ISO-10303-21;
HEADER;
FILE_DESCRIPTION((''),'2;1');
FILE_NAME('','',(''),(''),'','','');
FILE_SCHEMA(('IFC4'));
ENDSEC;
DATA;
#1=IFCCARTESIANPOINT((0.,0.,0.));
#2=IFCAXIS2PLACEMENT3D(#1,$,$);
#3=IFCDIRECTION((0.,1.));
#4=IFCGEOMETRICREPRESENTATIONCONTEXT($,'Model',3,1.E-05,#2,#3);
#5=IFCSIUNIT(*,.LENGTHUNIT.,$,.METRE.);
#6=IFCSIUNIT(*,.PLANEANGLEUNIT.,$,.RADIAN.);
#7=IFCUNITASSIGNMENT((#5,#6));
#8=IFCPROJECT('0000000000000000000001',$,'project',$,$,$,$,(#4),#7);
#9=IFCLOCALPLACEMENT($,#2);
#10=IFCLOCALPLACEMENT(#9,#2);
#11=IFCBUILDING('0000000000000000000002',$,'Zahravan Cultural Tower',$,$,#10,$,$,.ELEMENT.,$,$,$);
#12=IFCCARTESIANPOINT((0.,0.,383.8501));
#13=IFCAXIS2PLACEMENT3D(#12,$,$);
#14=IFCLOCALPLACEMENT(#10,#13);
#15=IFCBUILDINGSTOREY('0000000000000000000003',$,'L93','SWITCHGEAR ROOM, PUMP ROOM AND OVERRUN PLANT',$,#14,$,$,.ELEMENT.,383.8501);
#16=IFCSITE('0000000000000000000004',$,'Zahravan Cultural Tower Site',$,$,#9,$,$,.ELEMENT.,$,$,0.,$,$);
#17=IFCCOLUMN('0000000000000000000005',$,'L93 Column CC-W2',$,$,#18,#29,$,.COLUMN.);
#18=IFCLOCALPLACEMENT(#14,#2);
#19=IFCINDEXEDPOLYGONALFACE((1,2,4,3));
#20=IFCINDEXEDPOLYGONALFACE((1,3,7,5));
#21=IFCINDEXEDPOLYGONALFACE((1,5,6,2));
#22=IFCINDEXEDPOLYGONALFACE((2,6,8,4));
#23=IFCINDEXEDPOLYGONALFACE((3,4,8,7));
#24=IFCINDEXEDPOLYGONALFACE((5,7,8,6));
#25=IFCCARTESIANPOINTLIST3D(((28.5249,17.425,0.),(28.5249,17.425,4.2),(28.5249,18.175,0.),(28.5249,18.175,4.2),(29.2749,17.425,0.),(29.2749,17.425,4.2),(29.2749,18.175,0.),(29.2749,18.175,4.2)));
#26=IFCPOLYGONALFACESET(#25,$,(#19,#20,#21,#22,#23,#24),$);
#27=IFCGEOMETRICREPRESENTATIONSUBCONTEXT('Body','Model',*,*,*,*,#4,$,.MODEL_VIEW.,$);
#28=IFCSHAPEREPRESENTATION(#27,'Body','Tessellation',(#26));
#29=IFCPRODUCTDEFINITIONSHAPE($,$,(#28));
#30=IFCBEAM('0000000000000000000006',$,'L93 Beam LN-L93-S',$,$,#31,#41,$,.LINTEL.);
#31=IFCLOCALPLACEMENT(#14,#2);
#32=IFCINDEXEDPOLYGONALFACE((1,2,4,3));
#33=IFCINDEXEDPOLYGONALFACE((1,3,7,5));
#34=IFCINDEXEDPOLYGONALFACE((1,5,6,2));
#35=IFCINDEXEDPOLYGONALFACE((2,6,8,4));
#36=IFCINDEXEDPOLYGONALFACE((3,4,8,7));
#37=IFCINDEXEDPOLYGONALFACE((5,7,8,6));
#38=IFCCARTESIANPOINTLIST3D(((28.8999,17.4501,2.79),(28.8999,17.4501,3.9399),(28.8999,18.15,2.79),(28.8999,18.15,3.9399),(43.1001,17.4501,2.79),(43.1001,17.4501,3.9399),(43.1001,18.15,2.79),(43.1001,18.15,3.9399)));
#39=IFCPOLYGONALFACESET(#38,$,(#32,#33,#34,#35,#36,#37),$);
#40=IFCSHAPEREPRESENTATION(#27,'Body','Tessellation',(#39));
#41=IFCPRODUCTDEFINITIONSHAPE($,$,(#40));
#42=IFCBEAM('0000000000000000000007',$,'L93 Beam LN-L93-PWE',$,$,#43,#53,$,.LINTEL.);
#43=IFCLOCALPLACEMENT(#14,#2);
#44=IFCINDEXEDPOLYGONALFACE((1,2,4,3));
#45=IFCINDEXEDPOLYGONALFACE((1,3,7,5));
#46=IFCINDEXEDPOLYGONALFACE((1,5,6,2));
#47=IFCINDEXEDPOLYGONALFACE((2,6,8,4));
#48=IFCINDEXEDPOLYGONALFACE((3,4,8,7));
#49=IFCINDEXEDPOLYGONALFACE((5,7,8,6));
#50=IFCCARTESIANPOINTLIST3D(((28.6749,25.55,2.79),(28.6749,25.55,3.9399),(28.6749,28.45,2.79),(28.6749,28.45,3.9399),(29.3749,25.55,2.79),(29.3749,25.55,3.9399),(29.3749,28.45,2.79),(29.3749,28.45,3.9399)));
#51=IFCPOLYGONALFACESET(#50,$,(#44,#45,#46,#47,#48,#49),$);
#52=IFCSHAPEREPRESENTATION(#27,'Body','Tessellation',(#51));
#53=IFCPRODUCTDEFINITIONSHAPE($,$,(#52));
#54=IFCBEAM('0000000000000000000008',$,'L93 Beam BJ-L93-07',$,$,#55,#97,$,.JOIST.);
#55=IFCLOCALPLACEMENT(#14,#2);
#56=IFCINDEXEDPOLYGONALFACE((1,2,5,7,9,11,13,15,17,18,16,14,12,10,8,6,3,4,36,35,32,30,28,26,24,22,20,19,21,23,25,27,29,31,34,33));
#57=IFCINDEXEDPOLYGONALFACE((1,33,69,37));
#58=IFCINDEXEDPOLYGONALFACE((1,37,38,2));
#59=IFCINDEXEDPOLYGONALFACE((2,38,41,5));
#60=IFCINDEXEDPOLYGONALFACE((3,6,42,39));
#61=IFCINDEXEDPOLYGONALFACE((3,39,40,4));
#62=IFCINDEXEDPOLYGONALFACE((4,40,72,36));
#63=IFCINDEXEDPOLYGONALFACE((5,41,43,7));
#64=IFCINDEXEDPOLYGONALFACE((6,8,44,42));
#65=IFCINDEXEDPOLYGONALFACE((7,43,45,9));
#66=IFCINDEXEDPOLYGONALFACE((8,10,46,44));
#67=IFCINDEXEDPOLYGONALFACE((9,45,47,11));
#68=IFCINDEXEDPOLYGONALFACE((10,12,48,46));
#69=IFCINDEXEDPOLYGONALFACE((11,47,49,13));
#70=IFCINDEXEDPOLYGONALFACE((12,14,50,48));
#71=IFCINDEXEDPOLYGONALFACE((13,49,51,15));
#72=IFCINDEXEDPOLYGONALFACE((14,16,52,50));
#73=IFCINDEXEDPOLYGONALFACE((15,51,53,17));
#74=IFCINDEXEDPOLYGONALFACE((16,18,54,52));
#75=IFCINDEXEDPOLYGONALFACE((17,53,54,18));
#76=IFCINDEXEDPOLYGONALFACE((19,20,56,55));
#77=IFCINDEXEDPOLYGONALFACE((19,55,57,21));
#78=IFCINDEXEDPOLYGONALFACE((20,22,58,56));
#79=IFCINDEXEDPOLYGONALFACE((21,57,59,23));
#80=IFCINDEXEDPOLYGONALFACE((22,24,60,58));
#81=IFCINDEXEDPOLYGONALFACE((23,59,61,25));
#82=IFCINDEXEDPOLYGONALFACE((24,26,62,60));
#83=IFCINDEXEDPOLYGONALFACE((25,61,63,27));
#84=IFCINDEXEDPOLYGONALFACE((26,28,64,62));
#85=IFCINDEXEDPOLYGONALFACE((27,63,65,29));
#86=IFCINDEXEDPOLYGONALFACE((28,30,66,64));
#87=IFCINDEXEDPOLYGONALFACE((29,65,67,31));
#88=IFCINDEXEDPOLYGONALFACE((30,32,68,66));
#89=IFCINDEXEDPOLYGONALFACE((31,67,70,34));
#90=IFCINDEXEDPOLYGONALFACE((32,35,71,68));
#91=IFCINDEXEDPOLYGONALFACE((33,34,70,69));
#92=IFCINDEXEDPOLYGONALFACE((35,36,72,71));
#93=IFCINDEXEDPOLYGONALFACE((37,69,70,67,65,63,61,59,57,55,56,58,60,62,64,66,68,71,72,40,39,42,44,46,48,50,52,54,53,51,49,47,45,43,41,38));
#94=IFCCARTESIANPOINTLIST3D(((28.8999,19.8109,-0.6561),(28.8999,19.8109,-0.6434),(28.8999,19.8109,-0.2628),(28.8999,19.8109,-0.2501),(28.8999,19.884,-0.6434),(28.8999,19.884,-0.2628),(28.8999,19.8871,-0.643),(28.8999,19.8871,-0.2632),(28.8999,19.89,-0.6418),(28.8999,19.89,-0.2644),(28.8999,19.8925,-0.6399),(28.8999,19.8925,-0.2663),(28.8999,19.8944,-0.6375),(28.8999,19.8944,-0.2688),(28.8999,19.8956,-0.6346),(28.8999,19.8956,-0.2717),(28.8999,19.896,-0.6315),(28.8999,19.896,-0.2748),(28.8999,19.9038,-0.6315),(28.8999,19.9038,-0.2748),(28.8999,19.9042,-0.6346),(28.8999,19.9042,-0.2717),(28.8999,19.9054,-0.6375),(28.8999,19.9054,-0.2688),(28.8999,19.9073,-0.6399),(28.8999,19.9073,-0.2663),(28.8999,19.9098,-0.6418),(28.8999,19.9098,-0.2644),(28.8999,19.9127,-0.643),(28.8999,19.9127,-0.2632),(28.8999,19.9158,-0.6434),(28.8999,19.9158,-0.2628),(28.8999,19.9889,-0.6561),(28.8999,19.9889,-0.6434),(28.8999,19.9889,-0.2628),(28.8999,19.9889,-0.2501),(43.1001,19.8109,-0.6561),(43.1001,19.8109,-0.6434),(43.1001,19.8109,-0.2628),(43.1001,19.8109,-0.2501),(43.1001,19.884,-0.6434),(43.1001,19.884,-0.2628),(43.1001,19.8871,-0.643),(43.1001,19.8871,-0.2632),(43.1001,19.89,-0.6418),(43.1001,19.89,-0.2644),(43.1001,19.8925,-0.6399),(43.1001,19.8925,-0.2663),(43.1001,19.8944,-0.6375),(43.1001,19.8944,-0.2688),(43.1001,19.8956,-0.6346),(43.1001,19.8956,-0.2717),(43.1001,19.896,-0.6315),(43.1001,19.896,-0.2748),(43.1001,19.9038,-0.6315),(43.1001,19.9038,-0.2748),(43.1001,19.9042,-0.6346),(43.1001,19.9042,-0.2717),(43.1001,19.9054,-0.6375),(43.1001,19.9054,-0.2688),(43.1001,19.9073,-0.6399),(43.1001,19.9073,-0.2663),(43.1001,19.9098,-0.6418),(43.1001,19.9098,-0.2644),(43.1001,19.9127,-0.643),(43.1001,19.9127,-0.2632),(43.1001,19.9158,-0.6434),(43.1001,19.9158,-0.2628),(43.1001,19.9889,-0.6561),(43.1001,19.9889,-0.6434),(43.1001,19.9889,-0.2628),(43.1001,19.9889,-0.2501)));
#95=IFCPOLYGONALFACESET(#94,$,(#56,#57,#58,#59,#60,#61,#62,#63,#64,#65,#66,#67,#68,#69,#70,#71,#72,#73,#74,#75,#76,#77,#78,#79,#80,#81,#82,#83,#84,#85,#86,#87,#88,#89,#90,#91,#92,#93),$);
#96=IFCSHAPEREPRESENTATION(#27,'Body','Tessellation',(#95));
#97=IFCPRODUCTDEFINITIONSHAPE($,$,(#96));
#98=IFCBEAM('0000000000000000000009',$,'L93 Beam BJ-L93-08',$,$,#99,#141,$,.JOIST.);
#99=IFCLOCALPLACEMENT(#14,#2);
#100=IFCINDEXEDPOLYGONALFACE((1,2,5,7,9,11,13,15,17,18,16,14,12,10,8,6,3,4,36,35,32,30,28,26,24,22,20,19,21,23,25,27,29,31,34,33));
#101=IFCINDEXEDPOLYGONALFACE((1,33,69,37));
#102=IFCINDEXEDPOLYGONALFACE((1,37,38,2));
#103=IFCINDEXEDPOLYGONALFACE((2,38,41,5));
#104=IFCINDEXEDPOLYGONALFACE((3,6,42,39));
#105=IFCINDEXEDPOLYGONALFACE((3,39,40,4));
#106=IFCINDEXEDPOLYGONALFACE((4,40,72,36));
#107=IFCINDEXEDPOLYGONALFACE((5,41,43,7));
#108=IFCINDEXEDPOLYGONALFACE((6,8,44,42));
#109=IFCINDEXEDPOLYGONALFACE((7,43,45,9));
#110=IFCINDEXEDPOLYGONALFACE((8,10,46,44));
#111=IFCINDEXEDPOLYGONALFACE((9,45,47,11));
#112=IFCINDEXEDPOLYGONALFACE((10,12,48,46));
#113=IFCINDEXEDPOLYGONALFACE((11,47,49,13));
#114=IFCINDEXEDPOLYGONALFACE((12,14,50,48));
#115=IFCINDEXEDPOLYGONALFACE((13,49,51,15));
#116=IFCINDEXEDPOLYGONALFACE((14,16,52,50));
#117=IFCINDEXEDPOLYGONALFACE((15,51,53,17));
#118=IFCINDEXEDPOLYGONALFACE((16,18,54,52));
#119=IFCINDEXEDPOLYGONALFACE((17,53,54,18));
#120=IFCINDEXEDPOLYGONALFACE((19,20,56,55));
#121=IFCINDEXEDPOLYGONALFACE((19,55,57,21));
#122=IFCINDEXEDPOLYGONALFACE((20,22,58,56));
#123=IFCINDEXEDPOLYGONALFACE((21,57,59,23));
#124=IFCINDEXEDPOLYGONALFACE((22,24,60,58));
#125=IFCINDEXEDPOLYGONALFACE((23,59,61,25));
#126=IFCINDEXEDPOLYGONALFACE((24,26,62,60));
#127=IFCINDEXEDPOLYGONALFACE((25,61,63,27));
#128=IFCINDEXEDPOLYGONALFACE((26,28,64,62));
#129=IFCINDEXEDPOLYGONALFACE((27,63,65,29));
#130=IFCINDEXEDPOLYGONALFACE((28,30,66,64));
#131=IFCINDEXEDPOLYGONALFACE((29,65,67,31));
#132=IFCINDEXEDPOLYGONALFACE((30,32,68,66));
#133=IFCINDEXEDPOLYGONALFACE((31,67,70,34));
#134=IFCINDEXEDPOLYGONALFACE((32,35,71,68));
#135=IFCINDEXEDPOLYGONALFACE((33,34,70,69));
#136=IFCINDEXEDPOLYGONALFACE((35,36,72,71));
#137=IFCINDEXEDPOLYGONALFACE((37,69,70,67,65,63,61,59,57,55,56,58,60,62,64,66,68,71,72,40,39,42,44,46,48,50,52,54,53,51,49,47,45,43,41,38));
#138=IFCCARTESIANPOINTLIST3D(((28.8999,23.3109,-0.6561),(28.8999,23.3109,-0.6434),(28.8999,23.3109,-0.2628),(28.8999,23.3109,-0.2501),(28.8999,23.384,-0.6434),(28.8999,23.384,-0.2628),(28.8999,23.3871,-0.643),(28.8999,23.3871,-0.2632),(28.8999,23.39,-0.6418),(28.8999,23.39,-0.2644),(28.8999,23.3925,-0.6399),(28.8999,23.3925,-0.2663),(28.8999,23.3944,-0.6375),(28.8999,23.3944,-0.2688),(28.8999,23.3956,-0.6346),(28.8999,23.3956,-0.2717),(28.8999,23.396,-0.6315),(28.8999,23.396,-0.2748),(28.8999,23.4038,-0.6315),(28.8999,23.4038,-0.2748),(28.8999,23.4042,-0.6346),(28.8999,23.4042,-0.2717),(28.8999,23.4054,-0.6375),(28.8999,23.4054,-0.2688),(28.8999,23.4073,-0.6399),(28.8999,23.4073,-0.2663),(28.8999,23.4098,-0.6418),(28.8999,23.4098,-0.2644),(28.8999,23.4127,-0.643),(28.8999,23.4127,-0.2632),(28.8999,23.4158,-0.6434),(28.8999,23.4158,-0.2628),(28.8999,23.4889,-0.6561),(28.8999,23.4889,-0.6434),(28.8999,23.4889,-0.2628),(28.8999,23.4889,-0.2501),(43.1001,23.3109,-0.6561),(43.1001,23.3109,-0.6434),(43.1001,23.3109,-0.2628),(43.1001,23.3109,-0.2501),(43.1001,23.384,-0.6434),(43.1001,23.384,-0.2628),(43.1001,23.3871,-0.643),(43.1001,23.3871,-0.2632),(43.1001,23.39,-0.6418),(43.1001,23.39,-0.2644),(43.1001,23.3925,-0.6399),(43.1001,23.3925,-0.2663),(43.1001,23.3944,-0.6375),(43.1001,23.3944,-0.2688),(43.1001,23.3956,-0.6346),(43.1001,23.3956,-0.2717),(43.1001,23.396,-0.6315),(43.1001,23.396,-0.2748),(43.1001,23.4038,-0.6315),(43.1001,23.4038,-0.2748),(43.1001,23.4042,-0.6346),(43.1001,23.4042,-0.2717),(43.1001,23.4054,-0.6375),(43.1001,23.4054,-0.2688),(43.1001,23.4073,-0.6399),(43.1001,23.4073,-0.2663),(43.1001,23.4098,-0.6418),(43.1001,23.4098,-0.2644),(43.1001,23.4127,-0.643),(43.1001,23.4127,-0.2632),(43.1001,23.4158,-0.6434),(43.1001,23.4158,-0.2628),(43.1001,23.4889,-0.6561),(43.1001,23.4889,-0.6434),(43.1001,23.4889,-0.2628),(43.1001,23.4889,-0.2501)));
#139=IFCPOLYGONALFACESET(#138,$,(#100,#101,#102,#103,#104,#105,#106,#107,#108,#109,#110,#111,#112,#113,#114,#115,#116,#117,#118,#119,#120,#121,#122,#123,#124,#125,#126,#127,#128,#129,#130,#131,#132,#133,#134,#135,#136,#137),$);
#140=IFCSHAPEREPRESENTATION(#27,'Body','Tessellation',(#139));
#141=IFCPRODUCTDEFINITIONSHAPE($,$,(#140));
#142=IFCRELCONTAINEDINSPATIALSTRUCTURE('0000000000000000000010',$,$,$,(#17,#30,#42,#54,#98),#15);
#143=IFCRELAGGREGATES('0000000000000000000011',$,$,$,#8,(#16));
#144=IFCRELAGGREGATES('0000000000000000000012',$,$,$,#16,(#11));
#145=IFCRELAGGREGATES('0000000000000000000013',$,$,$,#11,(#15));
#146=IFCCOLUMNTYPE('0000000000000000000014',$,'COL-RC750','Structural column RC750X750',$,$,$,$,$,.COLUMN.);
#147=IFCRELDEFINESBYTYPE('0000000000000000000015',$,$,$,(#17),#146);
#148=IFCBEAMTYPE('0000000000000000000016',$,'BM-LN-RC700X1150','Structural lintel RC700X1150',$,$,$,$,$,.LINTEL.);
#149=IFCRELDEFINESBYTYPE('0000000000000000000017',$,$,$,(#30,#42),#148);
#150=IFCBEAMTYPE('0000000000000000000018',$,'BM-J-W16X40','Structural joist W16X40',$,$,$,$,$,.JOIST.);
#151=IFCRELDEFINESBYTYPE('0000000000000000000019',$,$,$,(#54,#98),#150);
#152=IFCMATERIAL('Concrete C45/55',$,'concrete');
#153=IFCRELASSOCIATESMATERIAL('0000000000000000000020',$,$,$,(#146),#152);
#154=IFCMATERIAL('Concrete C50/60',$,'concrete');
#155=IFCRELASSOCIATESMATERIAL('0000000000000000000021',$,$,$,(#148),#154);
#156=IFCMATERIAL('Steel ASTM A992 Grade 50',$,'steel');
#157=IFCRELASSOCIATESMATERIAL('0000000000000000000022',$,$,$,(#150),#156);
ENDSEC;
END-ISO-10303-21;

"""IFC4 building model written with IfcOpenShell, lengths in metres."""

from ifc_helpers import new_model, si_unit, direction, frame, origin, origin_2d, place, context, subcontext, project, spatial, rectangle, i_section, extrude, source, transform, mapped, material, material_profile, profile_set, type_object, element, save


model = new_model("IFC4")

# Units and contexts
model_context = context("Model", 3, precision=1e-05, world=origin(), true_north=direction((0.0, 1.0)))
body_context = subcontext(model_context, "Body", "Model", "MODEL_VIEW")
ifc_project = project(units=[si_unit("LENGTHUNIT", "METRE"), si_unit("PLANEANGLEUNIT", "RADIAN")], contexts=[model_context])

# Site, building, storey
site_placement = place(None, origin())
site = spatial("IfcSite", under=ifc_project, at=site_placement, Name="Zahravan Cultural Tower Site", CompositionType="ELEMENT", RefElevation=0.0)
building_placement = place(site_placement, origin())
building = spatial("IfcBuilding", under=site, at=building_placement, Name="Zahravan Cultural Tower", CompositionType="ELEMENT")
storey_placement = place(building_placement, frame((0.0, 0.0, 383.8501)))
storey = spatial("IfcBuildingStorey", under=building, at=storey_placement, Name="L93", Description="SWITCHGEAR ROOM, PUMP ROOM AND OVERRUN PLANT", CompositionType="ELEMENT", Elevation=383.8501)

# Column
ifc_material_1 = material(Name="Concrete C45/55", Category="concrete")
ifc_material_profile_1 = material_profile(ifc_material_1, rectangle(XDim=0.75, YDim=0.75, at=origin_2d()), Name="RC750X750")
ifc_profile_set_1 = profile_set([ifc_material_profile_1], Name="Concrete C45/55")
column_type = type_object("IfcColumnType", Name="COL-RC750", Description="Structural column RC750X750", PredefinedType="COLUMN", material=ifc_profile_set_1)
shared_shape_1 = source(origin(), body_context, "Body", "SweptSolid", [
    extrude(rectangle(XDim=0.75, YDim=0.75, at=origin_2d()), origin(), (0.0, 0.0, 1.0), 4.2),
])
column_placement = place(storey_placement, frame((28.8999, 17.8, 0.0), z_axis=(0.0, 0.0, 1.0), x_axis=(1.0, 0.0, 0.0)))
element("IfcColumn", 1, at=column_placement, inside=storey, type_object=column_type, Name="L93 Column CC-W2", PredefinedType="COLUMN", context=body_context, shape_type="MappedRepresentation", body=[
    mapped(shared_shape_1, transform((0.0, 0.0, 0.0), x_axis=(1.0, 0.0, 0.0), y_axis=(0.0, 1.0, 0.0), z_axis=(0.0, 0.0, 1.0), scale=1.0)),
])

# Beams
ifc_material_2 = material(Name="Concrete C50/60", Category="concrete")
ifc_material_profile_2 = material_profile(ifc_material_2, rectangle(XDim=0.7, YDim=1.1499, at=origin_2d()), Name="RC700X1150")
ifc_profile_set_2 = profile_set([ifc_material_profile_2], Name="Concrete C50/60")
beam_type_1 = type_object("IfcBeamType", Name="BM-LN-RC700X1150", Description="Structural lintel RC700X1150", PredefinedType="LINTEL", material=ifc_profile_set_2)
shared_shape_2 = source(origin(), body_context, "Body", "SweptSolid", [
    extrude(rectangle(XDim=0.7, YDim=1.1499, at=origin_2d()), origin(), (0.0, 0.0, 1.0), 14.2002),
])
beam_1_placement = place(storey_placement, frame((28.8999, 17.8, 3.365), z_axis=(1.0, 0.0, 0.0), x_axis=(0.0, 1.0, 0.0)))
element("IfcBeam", 2, at=beam_1_placement, inside=storey, type_object=beam_type_1, Name="L93 Beam LN-L93-S", PredefinedType="LINTEL", context=body_context, shape_type="MappedRepresentation", body=[
    mapped(shared_shape_2, transform((0.0, 0.0, 0.0), x_axis=(1.0, 0.0, 0.0), y_axis=(0.0, 1.0, 0.0), z_axis=(0.0, 0.0, 1.0), scale=1.0)),
])
shared_shape_3 = source(origin(), body_context, "Body", "SweptSolid", [
    extrude(rectangle(XDim=0.7, YDim=1.1499, at=origin_2d()), origin(), (0.0, 0.0, 1.0), 2.8999),
])
beam_2_placement = place(storey_placement, frame((29.0249, 25.55, 3.365), z_axis=(0.0, 1.0, 0.0), x_axis=(-1.0, 0.0, 0.0)))
element("IfcBeam", 3, at=beam_2_placement, inside=storey, type_object=beam_type_1, Name="L93 Beam LN-L93-PWE", PredefinedType="LINTEL", context=body_context, shape_type="MappedRepresentation", body=[
    mapped(shared_shape_3, transform((0.0, 0.0, 0.0), x_axis=(1.0, 0.0, 0.0), y_axis=(0.0, 1.0, 0.0), z_axis=(0.0, 0.0, 1.0), scale=1.0)),
])
ifc_material_3 = material(Name="Steel ASTM A992 Grade 50", Category="steel")
ifc_material_profile_3 = material_profile(ifc_material_3, i_section(OverallWidth=0.178, OverallDepth=0.406, WebThickness=0.0078, FlangeThickness=0.0127, FilletRadius=0.012, at=origin_2d()), Name="W16X40")
ifc_profile_set_3 = profile_set([ifc_material_profile_3], Name="Steel ASTM A992 Grade 50")
beam_type_2 = type_object("IfcBeamType", Name="BM-J-W16X40", Description="Structural joist W16X40", PredefinedType="JOIST", material=ifc_profile_set_3)
shared_shape_4 = source(origin(), body_context, "Body", "SweptSolid", [
    extrude(i_section(OverallWidth=0.178, OverallDepth=0.406, WebThickness=0.0078, FlangeThickness=0.0127, FilletRadius=0.012, at=origin_2d()), origin(), (0.0, 0.0, 1.0), 14.2002),
])
for number, where, z_axis, x_axis, name in (
    (4, (28.8999, 19.8999, -0.4531), (1.0, 0.0, 0.0), (0.0, 1.0, 0.0), "L93 Beam BJ-L93-07"),
    (5, (28.8999, 23.3999, -0.4531), (1.0, 0.0, 0.0), (0.0, 1.0, 0.0), "L93 Beam BJ-L93-08"),
):
    element("IfcBeam", number, at=place(storey_placement, frame(where, z_axis=z_axis, x_axis=x_axis)), inside=storey, type_object=beam_type_2, Name=name, PredefinedType="JOIST", context=body_context, shape_type="MappedRepresentation", body=[
        mapped(shared_shape_4, transform((0.0, 0.0, 0.0), x_axis=(1.0, 0.0, 0.0), y_axis=(0.0, 1.0, 0.0), z_axis=(0.0, 0.0, 1.0), scale=1.0)),
    ])

save(model, "model.ifc")
